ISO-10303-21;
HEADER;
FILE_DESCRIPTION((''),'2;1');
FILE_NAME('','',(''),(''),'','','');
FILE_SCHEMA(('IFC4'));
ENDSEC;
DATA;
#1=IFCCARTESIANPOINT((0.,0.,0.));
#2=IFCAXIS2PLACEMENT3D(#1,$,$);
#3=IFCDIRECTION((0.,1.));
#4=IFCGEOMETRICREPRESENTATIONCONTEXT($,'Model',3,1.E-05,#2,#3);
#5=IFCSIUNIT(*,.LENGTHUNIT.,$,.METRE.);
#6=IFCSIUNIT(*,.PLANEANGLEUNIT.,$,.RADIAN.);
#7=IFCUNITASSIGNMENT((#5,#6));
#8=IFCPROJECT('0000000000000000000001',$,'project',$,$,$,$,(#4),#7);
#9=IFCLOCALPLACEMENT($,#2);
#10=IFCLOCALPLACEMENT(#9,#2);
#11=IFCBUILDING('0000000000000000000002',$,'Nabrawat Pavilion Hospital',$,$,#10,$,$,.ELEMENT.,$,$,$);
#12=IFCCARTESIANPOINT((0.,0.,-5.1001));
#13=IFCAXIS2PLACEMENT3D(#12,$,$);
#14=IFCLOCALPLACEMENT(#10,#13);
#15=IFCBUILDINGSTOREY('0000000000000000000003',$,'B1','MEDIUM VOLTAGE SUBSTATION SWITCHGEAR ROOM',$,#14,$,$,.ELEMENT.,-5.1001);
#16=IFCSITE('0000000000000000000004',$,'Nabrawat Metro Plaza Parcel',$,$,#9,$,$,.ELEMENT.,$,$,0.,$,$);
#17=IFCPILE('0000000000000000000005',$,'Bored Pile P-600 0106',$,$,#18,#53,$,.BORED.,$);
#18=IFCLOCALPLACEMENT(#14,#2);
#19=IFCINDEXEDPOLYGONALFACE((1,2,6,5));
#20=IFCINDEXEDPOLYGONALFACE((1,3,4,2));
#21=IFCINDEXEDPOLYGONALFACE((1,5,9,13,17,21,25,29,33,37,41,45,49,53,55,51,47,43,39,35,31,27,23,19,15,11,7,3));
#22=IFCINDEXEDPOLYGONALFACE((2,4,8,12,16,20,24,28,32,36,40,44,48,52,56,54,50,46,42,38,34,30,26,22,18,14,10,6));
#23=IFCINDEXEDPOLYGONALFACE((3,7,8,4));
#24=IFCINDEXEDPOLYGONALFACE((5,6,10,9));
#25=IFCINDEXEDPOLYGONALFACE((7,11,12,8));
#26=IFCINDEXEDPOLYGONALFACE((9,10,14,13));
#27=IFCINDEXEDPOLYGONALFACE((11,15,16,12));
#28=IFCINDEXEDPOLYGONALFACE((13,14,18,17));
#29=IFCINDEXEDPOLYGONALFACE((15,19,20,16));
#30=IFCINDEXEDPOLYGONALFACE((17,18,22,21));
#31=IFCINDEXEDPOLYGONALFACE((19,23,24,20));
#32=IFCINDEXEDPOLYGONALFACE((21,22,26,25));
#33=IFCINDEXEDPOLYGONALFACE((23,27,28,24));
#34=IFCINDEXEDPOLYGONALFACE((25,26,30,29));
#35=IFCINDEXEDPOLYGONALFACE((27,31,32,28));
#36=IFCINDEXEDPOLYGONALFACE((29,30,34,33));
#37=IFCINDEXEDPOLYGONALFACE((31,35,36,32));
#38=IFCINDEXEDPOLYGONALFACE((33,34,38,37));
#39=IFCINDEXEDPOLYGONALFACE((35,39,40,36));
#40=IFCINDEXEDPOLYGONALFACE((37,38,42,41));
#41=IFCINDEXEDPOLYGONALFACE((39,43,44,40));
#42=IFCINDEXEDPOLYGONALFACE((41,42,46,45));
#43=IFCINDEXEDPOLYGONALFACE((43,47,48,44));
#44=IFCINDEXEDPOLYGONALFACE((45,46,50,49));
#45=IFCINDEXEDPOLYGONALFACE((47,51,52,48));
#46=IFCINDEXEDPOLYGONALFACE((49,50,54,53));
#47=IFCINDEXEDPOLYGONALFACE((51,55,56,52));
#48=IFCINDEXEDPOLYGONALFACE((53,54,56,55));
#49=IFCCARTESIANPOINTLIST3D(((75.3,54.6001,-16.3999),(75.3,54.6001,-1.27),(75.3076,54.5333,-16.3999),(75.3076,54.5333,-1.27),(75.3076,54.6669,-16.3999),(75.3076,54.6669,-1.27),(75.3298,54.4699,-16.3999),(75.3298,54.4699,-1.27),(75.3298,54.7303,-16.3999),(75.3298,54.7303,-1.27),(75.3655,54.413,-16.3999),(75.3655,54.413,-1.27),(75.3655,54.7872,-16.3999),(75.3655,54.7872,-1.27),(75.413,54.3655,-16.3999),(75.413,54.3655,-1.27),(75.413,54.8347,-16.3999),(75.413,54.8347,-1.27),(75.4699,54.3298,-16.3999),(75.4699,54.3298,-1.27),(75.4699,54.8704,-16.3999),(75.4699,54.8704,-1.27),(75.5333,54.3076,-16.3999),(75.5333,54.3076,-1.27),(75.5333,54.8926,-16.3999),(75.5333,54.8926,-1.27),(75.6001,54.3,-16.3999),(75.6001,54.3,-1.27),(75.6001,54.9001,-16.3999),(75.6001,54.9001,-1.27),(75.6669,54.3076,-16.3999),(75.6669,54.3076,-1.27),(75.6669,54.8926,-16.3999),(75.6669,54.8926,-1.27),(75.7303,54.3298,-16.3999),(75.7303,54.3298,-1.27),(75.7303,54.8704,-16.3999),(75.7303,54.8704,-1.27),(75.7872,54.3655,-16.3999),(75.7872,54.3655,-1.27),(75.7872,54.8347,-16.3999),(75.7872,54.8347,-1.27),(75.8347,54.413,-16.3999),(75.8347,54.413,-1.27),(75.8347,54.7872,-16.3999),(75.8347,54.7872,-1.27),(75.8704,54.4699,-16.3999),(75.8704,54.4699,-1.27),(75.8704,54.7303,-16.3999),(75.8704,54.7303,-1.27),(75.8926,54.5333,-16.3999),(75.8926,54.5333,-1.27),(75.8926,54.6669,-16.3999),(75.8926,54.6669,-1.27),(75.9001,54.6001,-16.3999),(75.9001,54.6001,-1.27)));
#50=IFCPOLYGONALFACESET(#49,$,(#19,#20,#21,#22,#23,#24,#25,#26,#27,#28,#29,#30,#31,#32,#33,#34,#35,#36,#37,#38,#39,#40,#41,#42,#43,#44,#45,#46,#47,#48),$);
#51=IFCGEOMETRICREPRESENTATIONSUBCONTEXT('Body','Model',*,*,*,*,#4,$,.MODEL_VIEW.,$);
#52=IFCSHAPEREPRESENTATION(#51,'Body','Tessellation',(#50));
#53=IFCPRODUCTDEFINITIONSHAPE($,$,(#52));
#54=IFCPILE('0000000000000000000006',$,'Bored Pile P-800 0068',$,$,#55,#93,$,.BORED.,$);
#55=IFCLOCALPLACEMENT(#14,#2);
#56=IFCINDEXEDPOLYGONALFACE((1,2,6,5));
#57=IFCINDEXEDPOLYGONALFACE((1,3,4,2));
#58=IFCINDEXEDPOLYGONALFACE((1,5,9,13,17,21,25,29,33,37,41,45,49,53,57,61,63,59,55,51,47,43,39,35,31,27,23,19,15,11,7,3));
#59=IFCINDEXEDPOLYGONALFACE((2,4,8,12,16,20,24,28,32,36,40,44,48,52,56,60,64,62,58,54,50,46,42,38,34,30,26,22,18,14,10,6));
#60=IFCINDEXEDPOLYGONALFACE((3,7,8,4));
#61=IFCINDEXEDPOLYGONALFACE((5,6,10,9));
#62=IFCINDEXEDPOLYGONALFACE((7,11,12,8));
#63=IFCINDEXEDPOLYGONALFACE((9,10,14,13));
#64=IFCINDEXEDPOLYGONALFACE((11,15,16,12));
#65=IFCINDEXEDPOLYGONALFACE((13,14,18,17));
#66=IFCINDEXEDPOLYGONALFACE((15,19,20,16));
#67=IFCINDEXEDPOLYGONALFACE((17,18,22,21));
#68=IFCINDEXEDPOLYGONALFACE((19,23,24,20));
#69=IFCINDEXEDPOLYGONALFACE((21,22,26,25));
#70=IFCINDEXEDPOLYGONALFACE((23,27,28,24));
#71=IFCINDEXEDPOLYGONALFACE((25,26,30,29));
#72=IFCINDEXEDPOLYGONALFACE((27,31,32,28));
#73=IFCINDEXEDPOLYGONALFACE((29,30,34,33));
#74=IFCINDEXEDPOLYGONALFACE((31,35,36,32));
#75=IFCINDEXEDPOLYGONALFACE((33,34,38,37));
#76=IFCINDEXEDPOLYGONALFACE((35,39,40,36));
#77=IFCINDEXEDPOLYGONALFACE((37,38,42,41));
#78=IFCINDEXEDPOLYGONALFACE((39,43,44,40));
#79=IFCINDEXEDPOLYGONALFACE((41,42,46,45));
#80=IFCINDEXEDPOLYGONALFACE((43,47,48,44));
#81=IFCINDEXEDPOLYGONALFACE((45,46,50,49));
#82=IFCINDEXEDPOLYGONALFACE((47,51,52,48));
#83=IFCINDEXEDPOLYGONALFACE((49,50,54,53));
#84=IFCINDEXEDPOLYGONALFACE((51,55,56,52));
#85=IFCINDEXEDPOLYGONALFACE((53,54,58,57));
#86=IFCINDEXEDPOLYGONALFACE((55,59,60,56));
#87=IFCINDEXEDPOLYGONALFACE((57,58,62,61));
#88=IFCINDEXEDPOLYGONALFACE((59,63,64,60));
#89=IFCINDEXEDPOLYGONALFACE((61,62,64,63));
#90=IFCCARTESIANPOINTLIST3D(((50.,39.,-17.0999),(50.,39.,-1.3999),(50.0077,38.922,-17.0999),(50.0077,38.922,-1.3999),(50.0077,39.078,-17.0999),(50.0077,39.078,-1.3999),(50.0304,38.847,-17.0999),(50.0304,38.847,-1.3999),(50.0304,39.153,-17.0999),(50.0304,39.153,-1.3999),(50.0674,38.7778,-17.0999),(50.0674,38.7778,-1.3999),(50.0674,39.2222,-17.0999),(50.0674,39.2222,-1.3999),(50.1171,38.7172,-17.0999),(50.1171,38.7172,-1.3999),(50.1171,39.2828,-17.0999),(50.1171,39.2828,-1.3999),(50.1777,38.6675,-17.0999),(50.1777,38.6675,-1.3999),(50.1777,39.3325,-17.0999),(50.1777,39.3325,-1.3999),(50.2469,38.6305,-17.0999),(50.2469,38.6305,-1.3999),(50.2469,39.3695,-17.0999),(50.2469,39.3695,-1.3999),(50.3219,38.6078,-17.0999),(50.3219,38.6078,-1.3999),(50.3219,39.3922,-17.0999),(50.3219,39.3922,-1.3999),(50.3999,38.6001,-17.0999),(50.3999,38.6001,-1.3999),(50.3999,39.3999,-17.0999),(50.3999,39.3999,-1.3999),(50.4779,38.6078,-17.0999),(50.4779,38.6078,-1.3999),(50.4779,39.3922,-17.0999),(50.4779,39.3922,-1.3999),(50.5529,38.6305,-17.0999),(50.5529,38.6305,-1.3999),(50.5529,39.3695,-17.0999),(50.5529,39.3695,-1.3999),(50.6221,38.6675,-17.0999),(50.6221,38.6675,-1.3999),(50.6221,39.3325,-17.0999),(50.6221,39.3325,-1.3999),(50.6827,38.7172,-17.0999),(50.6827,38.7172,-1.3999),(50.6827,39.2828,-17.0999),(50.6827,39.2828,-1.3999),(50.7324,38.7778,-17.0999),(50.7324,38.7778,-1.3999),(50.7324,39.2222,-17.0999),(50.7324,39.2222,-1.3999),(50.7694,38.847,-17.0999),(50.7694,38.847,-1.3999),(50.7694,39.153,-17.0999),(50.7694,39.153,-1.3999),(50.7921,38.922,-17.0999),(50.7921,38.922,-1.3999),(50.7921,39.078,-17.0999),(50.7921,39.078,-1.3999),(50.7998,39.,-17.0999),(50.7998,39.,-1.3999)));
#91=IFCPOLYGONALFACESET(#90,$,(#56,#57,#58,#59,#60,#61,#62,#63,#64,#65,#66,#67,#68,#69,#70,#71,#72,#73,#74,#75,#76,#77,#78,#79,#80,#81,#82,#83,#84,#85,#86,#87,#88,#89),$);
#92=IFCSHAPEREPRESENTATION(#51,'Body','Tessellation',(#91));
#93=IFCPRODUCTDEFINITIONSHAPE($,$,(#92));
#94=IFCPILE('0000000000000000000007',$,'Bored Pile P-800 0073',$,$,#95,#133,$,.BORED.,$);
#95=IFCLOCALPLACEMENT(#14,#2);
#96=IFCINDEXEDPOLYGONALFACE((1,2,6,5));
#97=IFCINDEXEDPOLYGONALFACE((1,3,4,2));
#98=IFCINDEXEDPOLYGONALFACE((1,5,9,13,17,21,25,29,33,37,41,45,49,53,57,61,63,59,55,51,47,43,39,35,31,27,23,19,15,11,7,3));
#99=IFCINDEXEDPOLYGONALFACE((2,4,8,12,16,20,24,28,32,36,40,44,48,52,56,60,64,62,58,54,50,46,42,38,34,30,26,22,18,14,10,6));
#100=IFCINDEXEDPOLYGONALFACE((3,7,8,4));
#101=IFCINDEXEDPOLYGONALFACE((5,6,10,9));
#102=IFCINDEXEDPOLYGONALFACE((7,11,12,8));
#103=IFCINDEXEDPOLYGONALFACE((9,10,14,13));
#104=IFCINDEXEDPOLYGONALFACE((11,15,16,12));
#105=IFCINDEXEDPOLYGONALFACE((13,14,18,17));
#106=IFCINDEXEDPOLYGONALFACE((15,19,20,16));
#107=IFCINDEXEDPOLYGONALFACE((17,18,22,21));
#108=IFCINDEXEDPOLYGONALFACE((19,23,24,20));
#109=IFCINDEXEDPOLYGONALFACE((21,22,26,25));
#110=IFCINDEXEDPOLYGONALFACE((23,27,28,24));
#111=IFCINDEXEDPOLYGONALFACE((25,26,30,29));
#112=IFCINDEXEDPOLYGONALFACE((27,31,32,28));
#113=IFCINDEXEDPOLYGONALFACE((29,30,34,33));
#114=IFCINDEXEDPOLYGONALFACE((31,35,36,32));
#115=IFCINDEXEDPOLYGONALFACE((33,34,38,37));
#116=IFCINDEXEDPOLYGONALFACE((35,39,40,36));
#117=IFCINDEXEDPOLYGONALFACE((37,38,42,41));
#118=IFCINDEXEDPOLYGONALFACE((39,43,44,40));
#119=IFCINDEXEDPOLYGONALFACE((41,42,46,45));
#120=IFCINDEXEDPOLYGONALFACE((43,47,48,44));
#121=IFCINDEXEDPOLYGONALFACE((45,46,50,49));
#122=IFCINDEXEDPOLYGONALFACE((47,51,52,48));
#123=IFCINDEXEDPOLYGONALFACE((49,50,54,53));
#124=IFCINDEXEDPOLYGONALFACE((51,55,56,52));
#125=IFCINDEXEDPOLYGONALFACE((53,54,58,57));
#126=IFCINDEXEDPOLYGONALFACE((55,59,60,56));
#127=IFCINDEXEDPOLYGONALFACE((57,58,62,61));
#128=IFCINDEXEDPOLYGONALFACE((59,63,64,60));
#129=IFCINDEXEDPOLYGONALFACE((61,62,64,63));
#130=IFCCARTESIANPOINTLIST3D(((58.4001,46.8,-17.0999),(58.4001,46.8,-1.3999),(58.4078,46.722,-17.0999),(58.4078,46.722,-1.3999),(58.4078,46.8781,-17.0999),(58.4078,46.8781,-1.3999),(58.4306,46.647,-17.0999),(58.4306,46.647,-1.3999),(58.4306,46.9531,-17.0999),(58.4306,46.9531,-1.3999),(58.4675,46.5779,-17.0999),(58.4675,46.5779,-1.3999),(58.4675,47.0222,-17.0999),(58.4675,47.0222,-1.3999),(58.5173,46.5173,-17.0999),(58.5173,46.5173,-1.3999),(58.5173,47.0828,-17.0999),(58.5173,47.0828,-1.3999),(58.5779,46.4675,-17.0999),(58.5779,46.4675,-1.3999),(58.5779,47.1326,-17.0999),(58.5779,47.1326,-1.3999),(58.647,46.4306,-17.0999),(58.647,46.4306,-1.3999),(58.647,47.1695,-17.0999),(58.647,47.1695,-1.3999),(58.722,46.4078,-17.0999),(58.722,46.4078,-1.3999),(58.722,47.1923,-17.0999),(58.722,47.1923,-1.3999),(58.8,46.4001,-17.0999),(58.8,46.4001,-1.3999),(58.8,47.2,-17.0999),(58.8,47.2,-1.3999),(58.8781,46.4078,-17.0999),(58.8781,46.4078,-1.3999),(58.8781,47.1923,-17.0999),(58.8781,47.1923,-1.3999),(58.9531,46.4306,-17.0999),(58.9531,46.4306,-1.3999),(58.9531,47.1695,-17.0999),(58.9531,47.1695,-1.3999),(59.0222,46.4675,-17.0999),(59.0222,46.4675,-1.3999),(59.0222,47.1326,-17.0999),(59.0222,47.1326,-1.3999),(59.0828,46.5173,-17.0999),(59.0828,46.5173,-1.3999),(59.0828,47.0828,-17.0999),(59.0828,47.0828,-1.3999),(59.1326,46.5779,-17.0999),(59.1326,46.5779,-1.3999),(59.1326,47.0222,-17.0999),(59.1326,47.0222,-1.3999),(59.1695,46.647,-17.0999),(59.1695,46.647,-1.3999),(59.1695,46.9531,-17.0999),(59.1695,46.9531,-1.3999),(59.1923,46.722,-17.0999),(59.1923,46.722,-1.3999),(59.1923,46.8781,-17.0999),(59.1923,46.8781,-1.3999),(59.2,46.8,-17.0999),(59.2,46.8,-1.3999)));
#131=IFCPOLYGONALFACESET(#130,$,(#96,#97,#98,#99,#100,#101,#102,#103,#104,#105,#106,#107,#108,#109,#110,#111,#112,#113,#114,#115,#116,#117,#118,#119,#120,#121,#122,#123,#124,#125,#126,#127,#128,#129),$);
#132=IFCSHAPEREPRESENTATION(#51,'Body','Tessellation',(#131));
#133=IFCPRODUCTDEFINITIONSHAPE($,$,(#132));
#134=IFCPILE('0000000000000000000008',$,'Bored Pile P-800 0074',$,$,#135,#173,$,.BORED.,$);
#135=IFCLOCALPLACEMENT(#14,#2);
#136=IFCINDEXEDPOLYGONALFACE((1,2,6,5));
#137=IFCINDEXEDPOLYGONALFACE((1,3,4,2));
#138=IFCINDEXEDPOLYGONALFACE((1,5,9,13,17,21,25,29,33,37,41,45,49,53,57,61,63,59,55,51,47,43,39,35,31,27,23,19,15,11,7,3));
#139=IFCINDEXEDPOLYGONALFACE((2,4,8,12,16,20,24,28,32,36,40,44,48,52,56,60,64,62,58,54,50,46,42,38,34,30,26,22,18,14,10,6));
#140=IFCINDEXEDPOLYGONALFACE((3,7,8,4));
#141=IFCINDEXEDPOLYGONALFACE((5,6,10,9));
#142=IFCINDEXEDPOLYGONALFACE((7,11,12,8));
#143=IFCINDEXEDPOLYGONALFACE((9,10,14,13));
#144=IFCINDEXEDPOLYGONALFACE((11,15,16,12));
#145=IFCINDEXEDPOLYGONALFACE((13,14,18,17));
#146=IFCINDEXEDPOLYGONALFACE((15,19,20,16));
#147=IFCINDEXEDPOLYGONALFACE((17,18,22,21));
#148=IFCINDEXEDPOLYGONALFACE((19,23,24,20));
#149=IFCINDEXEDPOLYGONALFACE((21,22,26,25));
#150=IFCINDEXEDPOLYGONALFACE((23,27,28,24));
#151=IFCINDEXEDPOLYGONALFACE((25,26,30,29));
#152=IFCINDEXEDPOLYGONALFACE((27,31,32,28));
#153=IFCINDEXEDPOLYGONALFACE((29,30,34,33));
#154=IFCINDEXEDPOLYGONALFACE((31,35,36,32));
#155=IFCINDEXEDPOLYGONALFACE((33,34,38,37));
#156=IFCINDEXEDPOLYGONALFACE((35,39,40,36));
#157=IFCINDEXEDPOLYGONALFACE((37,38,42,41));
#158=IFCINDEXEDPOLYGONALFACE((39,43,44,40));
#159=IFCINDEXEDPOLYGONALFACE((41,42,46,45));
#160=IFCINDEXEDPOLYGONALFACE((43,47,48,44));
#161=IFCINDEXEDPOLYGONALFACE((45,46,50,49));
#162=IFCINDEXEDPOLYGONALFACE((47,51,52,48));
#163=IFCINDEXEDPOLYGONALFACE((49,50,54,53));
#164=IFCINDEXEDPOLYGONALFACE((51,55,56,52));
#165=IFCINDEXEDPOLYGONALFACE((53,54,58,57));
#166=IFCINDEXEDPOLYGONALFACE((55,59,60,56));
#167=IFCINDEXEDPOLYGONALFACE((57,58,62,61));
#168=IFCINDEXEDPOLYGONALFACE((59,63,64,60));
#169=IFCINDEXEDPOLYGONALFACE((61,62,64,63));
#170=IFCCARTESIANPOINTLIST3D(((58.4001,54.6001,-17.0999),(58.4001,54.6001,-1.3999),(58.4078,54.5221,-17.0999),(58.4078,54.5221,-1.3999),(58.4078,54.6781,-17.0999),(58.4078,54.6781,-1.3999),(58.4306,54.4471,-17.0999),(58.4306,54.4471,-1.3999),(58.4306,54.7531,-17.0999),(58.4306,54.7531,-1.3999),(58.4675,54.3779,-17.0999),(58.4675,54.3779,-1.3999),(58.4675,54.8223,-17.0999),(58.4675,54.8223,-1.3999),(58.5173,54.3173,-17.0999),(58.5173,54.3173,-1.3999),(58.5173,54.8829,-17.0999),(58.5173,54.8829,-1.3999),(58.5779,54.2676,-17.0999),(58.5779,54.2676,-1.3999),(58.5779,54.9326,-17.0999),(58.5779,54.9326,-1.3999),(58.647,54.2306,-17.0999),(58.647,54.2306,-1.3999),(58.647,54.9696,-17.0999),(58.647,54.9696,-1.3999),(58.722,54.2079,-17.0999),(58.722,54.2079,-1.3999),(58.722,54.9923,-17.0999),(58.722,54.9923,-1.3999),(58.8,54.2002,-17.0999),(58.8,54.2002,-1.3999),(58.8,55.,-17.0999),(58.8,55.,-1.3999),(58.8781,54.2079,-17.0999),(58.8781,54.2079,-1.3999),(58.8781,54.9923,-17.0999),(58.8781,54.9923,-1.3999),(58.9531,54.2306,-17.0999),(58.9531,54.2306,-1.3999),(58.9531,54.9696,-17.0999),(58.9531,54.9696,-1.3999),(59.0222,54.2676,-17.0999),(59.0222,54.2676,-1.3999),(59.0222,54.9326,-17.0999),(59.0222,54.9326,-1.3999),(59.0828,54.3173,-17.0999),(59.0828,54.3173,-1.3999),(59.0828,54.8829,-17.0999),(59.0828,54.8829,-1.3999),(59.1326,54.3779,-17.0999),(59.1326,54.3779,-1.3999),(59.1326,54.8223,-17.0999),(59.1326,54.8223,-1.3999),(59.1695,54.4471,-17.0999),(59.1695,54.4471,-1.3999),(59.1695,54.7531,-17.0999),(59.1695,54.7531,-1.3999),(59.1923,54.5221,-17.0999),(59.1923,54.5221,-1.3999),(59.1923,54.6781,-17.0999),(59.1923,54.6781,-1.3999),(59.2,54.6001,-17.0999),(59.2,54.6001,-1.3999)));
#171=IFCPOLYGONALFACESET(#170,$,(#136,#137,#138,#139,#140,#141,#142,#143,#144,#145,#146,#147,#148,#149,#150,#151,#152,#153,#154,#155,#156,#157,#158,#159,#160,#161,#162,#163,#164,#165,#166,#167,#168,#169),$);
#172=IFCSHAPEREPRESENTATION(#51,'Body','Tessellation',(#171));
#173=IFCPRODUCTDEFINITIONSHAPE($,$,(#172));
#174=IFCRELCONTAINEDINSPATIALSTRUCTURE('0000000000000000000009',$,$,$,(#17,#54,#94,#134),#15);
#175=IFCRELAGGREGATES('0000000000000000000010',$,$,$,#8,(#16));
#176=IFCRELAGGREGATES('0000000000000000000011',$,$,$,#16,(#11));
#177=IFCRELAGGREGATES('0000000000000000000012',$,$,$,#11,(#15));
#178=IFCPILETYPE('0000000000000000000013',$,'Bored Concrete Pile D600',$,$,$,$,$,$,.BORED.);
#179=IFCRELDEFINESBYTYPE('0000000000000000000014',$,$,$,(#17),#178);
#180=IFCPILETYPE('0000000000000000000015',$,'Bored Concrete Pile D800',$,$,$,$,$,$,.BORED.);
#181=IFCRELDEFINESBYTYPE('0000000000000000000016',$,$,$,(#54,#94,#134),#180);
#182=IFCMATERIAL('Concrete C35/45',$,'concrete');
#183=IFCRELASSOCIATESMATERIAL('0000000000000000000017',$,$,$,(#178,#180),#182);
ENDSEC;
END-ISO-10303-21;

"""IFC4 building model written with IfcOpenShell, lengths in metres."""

from ifc_helpers import new_model, si_unit, direction, frame, origin, origin_2d, place, context, subcontext, project, spatial, circle, extrude, material, material_profile, profile_set, type_object, element, save


model = new_model("IFC4")

# Units and contexts
model_context = context("Model", 3, precision=1e-05, world=origin(), true_north=direction((0.0, 1.0)))
body_context = subcontext(model_context, "Body", "Model", "MODEL_VIEW")
ifc_project = project(units=[si_unit("LENGTHUNIT", "METRE"), si_unit("PLANEANGLEUNIT", "RADIAN")], contexts=[model_context])

# Site, building, storey
site_placement = place(None, origin())
site = spatial("IfcSite", under=ifc_project, at=site_placement, Name="Nabrawat Metro Plaza Parcel", CompositionType="ELEMENT", RefElevation=0.0)
building_placement = place(site_placement, origin())
building = spatial("IfcBuilding", under=site, at=building_placement, Name="Nabrawat Pavilion Hospital", CompositionType="ELEMENT")
storey_placement = place(building_placement, frame((0.0, 0.0, -5.1001)))
storey = spatial("IfcBuildingStorey", under=building, at=storey_placement, Name="B1", Description="MEDIUM VOLTAGE SUBSTATION SWITCHGEAR ROOM", CompositionType="ELEMENT", Elevation=-5.1001)

# Piles
ifc_material_1 = material(Name="Concrete C35/45", Category="concrete")
ifc_material_profile_1 = material_profile(ifc_material_1, circle(Radius=0.3, at=origin_2d()), Name="DIA 600")
ifc_profile_set_1 = profile_set([ifc_material_profile_1], Name="Concrete C35/45")
pile_type_1 = type_object("IfcPileType", Name="Bored Concrete Pile D600", PredefinedType="BORED", material=ifc_profile_set_1)
pile_1_placement = place(storey_placement, frame((75.6001, 54.6001, -1.27), z_axis=(0.0, 0.0, -1.0), x_axis=(1.0, 0.0, 0.0)))
element("IfcPile", 1, at=pile_1_placement, inside=storey, type_object=pile_type_1, Name="Bored Pile P-600 0106", PredefinedType="BORED", context=body_context, shape_type="SweptSolid", body=[
    extrude(circle(Radius=0.3, at=origin_2d()), origin(), (0.0, 0.0, 1.0), 15.1299),
])
ifc_material_profile_2 = material_profile(ifc_material_1, circle(Radius=0.3999, at=origin_2d()), Name="DIA 800")
ifc_profile_set_2 = profile_set([ifc_material_profile_2], Name="Concrete C35/45")
pile_type_2 = type_object("IfcPileType", Name="Bored Concrete Pile D800", PredefinedType="BORED", material=ifc_profile_set_2)
for number, where, z_axis, x_axis, name in (
    (2, (50.3999, 39.0, -1.3999), (0.0, 0.0, -1.0), (1.0, 0.0, 0.0), "Bored Pile P-800 0068"),
    (3, (58.8, 46.8, -1.3999), (0.0, 0.0, -1.0), (1.0, 0.0, 0.0), "Bored Pile P-800 0073"),
    (4, (58.8, 54.6001, -1.3999), (0.0, 0.0, -1.0), (1.0, 0.0, 0.0), "Bored Pile P-800 0074"),
):
    element("IfcPile", number, at=place(storey_placement, frame(where, z_axis=z_axis, x_axis=x_axis)), inside=storey, type_object=pile_type_2, Name=name, PredefinedType="BORED", context=body_context, shape_type="SweptSolid", body=[
        extrude(circle(Radius=0.3999, at=origin_2d()), origin(), (0.0, 0.0, 1.0), 15.7),
    ])

save(model, "model.ifc")
